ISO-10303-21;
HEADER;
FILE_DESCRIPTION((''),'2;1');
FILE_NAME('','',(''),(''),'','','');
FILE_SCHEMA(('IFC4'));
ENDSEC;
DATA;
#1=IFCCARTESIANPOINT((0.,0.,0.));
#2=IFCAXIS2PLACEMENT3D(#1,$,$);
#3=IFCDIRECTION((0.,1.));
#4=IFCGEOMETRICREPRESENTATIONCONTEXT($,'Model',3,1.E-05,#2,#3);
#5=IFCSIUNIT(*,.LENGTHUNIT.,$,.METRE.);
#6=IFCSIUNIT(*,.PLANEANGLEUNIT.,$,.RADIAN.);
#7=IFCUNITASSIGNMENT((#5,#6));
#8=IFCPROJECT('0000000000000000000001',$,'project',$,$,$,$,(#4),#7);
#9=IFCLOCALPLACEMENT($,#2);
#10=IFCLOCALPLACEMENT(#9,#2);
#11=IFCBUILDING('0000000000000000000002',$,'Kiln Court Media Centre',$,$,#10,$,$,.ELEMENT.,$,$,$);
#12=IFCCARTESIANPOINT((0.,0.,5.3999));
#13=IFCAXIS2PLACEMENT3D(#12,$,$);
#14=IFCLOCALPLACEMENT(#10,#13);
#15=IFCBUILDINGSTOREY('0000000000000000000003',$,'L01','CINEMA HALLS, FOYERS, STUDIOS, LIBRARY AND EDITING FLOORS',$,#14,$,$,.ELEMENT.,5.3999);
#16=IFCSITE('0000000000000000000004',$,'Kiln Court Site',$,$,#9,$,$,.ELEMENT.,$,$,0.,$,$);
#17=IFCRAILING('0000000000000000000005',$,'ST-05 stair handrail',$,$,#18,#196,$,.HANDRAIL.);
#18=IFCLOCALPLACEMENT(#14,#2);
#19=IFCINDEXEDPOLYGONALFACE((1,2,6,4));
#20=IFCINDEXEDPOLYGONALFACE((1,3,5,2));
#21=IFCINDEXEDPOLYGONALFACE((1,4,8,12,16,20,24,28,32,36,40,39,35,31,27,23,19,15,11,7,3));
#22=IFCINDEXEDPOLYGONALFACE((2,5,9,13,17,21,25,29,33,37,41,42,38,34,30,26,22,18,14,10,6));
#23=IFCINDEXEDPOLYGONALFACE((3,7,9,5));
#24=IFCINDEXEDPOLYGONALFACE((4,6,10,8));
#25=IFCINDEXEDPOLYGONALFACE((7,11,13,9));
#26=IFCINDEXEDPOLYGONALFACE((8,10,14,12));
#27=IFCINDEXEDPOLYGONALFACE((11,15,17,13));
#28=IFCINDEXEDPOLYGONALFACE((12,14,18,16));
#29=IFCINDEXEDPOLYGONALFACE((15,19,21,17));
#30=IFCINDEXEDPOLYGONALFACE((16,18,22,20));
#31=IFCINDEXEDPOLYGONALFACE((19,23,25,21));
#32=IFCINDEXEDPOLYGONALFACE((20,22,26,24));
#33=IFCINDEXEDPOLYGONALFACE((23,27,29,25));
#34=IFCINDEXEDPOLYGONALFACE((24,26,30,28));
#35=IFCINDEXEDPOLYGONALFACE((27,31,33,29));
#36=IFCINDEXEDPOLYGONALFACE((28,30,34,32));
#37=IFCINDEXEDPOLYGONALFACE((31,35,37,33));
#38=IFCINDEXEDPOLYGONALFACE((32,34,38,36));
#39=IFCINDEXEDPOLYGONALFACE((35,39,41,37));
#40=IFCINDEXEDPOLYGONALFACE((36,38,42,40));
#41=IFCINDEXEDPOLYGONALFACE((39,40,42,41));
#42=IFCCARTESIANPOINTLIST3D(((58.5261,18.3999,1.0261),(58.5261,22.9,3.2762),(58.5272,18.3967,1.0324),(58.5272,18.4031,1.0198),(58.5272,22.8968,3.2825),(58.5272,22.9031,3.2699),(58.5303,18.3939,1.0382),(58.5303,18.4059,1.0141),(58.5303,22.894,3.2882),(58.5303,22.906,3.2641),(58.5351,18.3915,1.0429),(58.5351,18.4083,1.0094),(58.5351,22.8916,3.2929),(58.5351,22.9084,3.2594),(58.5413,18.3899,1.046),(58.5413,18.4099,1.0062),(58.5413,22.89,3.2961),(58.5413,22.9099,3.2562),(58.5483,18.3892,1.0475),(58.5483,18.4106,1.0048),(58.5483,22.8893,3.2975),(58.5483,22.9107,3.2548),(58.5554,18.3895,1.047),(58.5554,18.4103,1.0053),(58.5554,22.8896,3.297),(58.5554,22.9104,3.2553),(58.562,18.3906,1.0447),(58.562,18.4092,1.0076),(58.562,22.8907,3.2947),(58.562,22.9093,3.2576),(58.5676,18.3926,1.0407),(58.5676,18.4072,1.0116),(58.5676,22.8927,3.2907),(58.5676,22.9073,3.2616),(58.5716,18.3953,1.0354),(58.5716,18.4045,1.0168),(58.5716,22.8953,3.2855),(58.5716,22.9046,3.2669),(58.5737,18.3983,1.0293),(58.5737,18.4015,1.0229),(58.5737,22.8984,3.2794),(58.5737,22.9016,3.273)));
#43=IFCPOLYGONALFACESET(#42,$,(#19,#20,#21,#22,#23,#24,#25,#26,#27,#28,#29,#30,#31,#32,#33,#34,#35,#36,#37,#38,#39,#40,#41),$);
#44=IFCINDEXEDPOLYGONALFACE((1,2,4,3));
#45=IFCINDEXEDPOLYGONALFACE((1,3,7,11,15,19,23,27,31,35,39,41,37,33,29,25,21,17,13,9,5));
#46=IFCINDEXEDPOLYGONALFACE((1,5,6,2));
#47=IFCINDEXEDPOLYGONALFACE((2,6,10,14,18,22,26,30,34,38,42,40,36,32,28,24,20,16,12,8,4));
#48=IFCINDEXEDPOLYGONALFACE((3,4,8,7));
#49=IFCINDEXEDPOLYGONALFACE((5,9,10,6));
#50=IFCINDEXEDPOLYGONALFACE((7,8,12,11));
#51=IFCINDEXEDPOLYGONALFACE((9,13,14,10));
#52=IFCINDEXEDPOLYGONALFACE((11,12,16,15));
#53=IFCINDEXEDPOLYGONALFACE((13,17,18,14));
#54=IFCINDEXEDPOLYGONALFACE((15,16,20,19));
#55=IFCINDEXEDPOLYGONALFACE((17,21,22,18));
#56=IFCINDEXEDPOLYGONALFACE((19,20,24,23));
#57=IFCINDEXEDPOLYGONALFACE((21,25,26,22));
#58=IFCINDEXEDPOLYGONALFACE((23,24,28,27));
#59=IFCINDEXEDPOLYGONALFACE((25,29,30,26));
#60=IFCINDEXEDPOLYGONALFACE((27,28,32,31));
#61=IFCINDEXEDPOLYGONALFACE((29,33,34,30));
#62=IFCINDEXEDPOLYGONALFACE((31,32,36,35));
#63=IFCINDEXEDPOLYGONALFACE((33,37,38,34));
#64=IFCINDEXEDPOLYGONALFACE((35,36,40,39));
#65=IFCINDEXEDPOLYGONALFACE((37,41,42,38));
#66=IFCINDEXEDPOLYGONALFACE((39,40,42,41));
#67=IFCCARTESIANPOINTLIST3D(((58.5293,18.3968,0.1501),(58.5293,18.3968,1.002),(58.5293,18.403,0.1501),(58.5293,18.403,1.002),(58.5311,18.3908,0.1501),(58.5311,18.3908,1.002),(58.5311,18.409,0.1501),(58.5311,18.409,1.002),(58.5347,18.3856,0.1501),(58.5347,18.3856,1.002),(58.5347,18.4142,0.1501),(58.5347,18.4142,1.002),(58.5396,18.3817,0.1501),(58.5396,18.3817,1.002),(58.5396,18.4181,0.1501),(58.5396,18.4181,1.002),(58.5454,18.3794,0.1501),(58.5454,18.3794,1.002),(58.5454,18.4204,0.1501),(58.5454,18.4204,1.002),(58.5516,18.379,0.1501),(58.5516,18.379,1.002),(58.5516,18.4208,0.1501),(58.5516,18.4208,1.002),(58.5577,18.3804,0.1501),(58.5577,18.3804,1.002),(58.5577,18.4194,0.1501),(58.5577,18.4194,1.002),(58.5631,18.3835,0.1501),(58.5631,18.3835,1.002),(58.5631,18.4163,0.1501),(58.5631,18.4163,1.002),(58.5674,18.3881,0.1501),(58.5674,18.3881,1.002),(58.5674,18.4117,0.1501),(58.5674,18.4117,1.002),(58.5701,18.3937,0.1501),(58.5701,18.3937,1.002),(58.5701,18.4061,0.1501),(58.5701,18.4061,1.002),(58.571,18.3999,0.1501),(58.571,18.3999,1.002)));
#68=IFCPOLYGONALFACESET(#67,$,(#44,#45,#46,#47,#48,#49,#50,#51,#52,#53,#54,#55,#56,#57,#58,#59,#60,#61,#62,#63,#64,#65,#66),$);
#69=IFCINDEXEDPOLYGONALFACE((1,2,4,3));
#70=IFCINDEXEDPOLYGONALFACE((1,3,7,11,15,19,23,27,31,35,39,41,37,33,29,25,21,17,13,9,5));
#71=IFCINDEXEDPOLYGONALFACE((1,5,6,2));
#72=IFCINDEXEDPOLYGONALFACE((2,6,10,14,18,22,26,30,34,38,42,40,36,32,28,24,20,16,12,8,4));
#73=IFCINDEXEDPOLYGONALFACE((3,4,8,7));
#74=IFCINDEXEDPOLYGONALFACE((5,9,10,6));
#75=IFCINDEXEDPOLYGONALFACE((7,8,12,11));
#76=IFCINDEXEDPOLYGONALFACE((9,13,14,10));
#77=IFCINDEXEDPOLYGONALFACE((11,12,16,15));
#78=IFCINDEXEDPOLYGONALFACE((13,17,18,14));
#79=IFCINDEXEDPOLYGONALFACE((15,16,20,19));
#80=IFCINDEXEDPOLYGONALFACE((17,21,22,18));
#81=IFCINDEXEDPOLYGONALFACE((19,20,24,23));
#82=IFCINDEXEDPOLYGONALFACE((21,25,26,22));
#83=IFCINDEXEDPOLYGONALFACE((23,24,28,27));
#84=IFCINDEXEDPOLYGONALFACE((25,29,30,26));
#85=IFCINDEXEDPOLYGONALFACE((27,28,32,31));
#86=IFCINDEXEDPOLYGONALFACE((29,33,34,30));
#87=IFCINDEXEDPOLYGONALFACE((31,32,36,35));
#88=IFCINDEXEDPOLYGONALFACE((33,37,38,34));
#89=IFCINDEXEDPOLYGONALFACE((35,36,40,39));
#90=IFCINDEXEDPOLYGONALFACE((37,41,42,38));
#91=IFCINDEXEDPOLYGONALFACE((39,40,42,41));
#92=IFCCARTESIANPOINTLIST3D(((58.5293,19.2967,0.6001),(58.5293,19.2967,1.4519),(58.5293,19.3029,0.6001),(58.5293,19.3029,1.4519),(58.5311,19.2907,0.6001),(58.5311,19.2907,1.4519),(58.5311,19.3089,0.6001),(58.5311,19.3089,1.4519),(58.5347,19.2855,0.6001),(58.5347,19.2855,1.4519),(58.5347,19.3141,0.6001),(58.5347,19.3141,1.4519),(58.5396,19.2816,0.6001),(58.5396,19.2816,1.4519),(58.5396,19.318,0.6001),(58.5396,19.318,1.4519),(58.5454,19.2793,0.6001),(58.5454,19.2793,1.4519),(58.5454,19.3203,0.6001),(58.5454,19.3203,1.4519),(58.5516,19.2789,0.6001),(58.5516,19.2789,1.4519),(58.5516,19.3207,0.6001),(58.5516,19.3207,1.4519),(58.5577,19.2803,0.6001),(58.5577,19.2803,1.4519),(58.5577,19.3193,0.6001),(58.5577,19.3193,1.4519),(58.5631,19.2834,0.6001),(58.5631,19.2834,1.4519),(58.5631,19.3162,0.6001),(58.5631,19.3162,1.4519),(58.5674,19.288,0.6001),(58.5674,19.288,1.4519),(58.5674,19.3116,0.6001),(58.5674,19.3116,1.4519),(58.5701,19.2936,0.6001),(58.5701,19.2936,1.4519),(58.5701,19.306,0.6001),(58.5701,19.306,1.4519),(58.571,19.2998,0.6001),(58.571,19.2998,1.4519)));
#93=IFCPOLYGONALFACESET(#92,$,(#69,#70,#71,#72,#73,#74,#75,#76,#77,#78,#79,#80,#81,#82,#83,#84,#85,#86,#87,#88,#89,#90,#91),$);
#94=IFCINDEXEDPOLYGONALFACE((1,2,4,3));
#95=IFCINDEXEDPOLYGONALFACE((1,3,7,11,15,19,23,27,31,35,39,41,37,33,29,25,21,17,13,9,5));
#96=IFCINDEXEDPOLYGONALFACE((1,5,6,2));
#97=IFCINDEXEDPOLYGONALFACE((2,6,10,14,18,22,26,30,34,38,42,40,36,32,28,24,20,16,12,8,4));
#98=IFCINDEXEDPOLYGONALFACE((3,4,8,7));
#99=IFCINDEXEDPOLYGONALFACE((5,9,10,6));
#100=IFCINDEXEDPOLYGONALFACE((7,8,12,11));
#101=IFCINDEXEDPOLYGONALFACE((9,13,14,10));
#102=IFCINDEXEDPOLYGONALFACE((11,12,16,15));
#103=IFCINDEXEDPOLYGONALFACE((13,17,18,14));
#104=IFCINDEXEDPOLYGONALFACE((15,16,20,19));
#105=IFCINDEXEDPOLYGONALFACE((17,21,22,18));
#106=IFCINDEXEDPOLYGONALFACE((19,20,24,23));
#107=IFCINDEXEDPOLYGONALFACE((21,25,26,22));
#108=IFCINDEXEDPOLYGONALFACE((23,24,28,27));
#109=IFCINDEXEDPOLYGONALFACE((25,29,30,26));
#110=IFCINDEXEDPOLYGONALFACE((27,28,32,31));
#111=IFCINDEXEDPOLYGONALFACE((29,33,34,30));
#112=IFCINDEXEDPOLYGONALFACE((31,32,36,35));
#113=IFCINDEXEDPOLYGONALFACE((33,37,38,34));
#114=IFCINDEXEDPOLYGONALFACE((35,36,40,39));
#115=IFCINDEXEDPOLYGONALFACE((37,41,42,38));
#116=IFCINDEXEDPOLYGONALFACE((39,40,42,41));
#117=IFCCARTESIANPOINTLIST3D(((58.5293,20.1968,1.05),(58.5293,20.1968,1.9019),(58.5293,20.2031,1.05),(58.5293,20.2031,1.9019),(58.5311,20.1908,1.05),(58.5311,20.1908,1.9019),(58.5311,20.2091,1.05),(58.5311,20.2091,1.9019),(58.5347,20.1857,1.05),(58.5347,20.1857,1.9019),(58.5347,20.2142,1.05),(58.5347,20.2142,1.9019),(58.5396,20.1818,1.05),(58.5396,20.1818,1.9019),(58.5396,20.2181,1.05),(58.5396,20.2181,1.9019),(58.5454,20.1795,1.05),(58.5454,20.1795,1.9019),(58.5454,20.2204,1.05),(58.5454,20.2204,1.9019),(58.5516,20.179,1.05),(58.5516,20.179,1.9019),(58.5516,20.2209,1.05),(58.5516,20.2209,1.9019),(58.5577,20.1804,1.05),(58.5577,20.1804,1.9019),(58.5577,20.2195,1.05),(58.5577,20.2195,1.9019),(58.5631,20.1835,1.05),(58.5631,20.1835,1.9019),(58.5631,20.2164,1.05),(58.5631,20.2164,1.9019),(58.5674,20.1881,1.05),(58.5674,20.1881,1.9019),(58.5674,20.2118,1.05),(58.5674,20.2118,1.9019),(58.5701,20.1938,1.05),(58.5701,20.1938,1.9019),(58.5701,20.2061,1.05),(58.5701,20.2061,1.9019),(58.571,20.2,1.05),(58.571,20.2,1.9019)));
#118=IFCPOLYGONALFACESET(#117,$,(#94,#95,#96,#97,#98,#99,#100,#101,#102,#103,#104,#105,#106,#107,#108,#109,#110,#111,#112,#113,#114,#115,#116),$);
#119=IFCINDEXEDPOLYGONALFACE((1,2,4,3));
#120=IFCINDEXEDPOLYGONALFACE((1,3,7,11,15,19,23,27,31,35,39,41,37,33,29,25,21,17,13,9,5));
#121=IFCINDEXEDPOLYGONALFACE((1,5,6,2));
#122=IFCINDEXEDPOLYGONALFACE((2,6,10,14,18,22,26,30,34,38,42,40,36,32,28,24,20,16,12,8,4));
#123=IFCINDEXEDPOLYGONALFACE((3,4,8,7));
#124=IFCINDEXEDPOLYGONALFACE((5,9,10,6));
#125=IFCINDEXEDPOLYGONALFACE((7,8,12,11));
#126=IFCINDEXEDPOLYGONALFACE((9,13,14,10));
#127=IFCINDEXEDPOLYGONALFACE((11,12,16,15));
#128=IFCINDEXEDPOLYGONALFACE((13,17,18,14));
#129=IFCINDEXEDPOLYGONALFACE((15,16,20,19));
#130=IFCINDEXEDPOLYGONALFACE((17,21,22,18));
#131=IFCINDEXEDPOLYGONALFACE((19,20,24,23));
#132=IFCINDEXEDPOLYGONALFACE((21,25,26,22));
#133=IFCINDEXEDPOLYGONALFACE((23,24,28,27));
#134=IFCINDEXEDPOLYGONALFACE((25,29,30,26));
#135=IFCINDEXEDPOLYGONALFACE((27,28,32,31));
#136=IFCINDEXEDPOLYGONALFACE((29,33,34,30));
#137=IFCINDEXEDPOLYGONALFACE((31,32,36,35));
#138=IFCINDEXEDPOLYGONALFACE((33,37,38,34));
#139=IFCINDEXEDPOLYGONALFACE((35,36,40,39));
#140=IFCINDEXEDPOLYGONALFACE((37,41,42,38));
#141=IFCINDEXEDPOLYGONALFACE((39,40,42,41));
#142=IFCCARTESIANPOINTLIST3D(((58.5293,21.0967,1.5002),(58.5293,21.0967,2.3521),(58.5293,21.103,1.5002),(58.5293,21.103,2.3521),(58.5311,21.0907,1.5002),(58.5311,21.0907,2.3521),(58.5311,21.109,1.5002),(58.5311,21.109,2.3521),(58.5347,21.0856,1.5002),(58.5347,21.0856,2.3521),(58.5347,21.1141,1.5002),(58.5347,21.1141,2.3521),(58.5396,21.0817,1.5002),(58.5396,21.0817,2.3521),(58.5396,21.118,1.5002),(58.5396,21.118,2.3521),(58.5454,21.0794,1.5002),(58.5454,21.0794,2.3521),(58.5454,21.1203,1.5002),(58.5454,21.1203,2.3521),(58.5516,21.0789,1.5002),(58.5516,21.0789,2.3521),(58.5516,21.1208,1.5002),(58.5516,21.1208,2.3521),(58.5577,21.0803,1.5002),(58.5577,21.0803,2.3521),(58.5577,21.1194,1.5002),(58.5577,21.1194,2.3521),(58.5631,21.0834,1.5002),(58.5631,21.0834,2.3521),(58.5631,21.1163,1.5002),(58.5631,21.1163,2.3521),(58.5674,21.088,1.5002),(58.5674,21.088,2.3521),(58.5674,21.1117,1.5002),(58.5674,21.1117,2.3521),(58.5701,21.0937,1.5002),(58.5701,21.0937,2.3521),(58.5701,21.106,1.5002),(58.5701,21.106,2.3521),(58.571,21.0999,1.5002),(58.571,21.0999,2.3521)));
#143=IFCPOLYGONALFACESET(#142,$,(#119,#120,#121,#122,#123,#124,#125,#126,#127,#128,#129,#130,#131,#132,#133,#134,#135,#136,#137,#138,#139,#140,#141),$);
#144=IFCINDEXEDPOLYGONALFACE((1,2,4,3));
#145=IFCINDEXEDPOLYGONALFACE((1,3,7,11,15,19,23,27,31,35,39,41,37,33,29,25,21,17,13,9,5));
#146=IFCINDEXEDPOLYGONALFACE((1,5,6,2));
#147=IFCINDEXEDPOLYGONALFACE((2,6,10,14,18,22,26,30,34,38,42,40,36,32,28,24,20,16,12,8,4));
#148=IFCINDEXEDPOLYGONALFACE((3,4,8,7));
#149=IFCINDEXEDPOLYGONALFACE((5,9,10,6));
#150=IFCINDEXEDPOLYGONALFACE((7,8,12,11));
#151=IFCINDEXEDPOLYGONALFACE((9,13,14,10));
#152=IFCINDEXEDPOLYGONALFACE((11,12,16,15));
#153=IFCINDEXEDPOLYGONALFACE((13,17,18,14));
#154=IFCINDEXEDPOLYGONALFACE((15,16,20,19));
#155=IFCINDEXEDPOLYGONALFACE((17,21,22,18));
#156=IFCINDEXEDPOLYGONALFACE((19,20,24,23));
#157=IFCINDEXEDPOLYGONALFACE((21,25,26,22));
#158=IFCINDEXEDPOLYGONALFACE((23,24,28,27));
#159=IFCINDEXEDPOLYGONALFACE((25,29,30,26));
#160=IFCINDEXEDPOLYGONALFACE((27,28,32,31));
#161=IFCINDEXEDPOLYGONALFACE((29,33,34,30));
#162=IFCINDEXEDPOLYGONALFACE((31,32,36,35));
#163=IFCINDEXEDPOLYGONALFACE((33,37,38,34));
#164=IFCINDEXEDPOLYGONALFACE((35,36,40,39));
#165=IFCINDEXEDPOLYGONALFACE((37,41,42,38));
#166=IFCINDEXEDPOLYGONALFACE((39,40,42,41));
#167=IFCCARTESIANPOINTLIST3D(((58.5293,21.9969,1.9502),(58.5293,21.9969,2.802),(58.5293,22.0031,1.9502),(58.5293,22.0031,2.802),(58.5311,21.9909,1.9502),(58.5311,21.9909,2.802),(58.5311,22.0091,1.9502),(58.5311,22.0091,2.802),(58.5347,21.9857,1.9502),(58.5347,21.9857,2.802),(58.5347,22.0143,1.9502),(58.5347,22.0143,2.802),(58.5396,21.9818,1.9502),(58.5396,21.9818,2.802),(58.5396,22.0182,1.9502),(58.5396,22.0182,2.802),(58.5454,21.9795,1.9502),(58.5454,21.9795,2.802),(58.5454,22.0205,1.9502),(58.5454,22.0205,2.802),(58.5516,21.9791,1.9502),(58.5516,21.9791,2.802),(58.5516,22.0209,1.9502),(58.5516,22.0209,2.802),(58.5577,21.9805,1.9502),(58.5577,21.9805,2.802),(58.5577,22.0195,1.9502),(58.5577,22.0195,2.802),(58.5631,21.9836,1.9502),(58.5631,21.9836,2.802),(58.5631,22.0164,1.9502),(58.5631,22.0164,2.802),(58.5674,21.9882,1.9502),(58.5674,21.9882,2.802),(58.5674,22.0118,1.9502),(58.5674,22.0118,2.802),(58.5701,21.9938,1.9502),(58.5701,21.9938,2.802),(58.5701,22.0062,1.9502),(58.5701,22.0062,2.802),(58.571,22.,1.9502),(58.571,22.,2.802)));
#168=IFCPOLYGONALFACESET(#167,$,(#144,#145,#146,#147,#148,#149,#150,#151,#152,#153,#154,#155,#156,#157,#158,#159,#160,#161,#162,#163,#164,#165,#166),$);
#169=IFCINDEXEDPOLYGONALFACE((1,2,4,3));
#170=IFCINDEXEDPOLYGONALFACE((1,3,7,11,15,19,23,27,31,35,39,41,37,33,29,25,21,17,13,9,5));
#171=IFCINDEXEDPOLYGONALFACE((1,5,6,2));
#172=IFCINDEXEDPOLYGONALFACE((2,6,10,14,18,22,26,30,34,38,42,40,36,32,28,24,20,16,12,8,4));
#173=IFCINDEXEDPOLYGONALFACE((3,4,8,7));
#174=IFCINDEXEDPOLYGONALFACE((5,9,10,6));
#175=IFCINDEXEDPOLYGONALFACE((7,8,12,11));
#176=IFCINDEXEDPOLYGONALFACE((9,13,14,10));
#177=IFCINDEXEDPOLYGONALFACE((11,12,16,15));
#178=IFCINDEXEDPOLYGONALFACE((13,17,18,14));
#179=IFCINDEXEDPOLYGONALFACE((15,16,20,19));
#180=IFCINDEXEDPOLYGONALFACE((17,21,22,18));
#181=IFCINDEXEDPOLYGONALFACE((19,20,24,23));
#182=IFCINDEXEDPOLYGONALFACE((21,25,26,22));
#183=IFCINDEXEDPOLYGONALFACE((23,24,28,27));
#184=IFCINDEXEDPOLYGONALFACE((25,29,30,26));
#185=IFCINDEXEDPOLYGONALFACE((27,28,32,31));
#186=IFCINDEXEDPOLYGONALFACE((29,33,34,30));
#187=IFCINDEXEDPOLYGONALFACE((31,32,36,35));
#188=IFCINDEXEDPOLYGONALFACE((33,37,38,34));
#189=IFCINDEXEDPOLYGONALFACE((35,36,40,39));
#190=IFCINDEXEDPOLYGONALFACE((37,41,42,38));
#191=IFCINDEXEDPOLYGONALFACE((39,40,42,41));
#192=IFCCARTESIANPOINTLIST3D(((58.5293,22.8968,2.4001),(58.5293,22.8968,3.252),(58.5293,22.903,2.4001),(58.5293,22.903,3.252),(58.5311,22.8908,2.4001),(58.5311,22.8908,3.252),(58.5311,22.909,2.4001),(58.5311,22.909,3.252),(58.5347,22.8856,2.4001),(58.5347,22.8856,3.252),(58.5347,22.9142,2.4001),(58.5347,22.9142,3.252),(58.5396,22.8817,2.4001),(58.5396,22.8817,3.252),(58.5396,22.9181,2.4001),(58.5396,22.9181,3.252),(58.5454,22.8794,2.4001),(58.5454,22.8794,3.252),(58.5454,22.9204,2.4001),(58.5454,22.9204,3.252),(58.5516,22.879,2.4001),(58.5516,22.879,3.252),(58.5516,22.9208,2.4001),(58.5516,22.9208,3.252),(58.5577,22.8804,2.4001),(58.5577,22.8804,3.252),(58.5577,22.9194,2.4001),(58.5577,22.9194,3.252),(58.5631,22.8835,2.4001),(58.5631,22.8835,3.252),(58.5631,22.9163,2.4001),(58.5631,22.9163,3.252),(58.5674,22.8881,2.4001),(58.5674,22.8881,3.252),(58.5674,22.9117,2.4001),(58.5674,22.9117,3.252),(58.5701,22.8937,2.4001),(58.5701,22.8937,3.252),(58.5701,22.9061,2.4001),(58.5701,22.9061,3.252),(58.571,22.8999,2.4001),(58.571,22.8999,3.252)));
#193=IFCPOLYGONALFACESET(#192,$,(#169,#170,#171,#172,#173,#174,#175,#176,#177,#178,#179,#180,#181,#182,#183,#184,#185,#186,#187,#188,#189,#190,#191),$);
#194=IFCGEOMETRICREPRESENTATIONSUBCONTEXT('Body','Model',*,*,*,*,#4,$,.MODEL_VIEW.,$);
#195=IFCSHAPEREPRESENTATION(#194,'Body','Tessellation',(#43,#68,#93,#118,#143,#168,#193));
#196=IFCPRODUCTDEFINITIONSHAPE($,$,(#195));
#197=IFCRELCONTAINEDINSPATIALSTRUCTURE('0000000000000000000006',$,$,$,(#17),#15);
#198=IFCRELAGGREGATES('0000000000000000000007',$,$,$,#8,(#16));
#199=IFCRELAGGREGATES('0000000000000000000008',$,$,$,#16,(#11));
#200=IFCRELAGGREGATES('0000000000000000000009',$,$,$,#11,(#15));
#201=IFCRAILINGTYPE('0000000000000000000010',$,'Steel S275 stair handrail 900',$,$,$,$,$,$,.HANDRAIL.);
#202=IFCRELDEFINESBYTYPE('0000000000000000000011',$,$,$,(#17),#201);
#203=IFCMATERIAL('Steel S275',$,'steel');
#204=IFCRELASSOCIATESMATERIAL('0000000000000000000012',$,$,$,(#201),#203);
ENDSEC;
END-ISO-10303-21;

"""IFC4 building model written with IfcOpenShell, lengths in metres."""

from ifc_helpers import new_model, si_unit, direction, frame, origin, origin_2d, place, context, subcontext, project, spatial, circle, extrude, material, type_object, element, save


model = new_model("IFC4")

# Units and contexts
model_context = context("Model", 3, precision=1e-05, world=origin(), true_north=direction((0.0, 1.0)))
body_context = subcontext(model_context, "Body", "Model", "MODEL_VIEW")
ifc_project = project(units=[si_unit("LENGTHUNIT", "METRE"), si_unit("PLANEANGLEUNIT", "RADIAN")], contexts=[model_context])

# Site, building, storey
site_placement = place(None, origin())
site = spatial("IfcSite", under=ifc_project, at=site_placement, Name="Kiln Court Site", CompositionType="ELEMENT", RefElevation=0.0)
building_placement = place(site_placement, origin())
building = spatial("IfcBuilding", under=site, at=building_placement, Name="Kiln Court Media Centre", CompositionType="ELEMENT")
storey_placement = place(building_placement, frame((0.0, 0.0, 5.3999)))
storey = spatial("IfcBuildingStorey", under=building, at=storey_placement, Name="L01", Description="CINEMA HALLS, FOYERS, STUDIOS, LIBRARY AND EDITING FLOORS", CompositionType="ELEMENT", Elevation=5.3999)

# Railing
ifc_material_1 = material(Name="Steel S275", Category="steel")
railing_type = type_object("IfcRailingType", Name="Steel S275 stair handrail 900", PredefinedType="HANDRAIL", material=ifc_material_1)
railing_placement = place(storey_placement, frame((58.55, 18.3999, 0.1501)))
element("IfcRailing", 1, at=railing_placement, inside=storey, type_object=railing_type, Name="ST-05 stair handrail", PredefinedType="HANDRAIL", context=body_context, shape_type="SweptSolid", body=[
    extrude(circle(Radius=0.0239, at=origin_2d()), frame((0.0, 0.0, 0.876), z_axis=(0.0, 0.894427, 0.447214), x_axis=(-1.0, 0.0, 0.0)), (0.0, 0.0, 1.0), 5.0312),
    extrude(circle(Radius=0.021, at=origin_2d()), origin(), (0.0, 0.0, 1.0), 0.8518),
    extrude(circle(Radius=0.021, at=origin_2d()), frame((0.0, 0.8999, 0.45)), (0.0, 0.0, 1.0), 0.8518),
    extrude(circle(Radius=0.021, at=origin_2d()), frame((0.0, 1.8, 0.8999)), (0.0, 0.0, 1.0), 0.8518),
    extrude(circle(Radius=0.021, at=origin_2d()), frame((0.0, 2.7, 1.3501)), (0.0, 0.0, 1.0), 0.8518),
    extrude(circle(Radius=0.021, at=origin_2d()), frame((0.0, 3.6001, 1.8)), (0.0, 0.0, 1.0), 0.8518),
    extrude(circle(Radius=0.021, at=origin_2d()), frame((0.0, 4.5, 2.25)), (0.0, 0.0, 1.0), 0.8518),
])

save(model, "model.ifc")
